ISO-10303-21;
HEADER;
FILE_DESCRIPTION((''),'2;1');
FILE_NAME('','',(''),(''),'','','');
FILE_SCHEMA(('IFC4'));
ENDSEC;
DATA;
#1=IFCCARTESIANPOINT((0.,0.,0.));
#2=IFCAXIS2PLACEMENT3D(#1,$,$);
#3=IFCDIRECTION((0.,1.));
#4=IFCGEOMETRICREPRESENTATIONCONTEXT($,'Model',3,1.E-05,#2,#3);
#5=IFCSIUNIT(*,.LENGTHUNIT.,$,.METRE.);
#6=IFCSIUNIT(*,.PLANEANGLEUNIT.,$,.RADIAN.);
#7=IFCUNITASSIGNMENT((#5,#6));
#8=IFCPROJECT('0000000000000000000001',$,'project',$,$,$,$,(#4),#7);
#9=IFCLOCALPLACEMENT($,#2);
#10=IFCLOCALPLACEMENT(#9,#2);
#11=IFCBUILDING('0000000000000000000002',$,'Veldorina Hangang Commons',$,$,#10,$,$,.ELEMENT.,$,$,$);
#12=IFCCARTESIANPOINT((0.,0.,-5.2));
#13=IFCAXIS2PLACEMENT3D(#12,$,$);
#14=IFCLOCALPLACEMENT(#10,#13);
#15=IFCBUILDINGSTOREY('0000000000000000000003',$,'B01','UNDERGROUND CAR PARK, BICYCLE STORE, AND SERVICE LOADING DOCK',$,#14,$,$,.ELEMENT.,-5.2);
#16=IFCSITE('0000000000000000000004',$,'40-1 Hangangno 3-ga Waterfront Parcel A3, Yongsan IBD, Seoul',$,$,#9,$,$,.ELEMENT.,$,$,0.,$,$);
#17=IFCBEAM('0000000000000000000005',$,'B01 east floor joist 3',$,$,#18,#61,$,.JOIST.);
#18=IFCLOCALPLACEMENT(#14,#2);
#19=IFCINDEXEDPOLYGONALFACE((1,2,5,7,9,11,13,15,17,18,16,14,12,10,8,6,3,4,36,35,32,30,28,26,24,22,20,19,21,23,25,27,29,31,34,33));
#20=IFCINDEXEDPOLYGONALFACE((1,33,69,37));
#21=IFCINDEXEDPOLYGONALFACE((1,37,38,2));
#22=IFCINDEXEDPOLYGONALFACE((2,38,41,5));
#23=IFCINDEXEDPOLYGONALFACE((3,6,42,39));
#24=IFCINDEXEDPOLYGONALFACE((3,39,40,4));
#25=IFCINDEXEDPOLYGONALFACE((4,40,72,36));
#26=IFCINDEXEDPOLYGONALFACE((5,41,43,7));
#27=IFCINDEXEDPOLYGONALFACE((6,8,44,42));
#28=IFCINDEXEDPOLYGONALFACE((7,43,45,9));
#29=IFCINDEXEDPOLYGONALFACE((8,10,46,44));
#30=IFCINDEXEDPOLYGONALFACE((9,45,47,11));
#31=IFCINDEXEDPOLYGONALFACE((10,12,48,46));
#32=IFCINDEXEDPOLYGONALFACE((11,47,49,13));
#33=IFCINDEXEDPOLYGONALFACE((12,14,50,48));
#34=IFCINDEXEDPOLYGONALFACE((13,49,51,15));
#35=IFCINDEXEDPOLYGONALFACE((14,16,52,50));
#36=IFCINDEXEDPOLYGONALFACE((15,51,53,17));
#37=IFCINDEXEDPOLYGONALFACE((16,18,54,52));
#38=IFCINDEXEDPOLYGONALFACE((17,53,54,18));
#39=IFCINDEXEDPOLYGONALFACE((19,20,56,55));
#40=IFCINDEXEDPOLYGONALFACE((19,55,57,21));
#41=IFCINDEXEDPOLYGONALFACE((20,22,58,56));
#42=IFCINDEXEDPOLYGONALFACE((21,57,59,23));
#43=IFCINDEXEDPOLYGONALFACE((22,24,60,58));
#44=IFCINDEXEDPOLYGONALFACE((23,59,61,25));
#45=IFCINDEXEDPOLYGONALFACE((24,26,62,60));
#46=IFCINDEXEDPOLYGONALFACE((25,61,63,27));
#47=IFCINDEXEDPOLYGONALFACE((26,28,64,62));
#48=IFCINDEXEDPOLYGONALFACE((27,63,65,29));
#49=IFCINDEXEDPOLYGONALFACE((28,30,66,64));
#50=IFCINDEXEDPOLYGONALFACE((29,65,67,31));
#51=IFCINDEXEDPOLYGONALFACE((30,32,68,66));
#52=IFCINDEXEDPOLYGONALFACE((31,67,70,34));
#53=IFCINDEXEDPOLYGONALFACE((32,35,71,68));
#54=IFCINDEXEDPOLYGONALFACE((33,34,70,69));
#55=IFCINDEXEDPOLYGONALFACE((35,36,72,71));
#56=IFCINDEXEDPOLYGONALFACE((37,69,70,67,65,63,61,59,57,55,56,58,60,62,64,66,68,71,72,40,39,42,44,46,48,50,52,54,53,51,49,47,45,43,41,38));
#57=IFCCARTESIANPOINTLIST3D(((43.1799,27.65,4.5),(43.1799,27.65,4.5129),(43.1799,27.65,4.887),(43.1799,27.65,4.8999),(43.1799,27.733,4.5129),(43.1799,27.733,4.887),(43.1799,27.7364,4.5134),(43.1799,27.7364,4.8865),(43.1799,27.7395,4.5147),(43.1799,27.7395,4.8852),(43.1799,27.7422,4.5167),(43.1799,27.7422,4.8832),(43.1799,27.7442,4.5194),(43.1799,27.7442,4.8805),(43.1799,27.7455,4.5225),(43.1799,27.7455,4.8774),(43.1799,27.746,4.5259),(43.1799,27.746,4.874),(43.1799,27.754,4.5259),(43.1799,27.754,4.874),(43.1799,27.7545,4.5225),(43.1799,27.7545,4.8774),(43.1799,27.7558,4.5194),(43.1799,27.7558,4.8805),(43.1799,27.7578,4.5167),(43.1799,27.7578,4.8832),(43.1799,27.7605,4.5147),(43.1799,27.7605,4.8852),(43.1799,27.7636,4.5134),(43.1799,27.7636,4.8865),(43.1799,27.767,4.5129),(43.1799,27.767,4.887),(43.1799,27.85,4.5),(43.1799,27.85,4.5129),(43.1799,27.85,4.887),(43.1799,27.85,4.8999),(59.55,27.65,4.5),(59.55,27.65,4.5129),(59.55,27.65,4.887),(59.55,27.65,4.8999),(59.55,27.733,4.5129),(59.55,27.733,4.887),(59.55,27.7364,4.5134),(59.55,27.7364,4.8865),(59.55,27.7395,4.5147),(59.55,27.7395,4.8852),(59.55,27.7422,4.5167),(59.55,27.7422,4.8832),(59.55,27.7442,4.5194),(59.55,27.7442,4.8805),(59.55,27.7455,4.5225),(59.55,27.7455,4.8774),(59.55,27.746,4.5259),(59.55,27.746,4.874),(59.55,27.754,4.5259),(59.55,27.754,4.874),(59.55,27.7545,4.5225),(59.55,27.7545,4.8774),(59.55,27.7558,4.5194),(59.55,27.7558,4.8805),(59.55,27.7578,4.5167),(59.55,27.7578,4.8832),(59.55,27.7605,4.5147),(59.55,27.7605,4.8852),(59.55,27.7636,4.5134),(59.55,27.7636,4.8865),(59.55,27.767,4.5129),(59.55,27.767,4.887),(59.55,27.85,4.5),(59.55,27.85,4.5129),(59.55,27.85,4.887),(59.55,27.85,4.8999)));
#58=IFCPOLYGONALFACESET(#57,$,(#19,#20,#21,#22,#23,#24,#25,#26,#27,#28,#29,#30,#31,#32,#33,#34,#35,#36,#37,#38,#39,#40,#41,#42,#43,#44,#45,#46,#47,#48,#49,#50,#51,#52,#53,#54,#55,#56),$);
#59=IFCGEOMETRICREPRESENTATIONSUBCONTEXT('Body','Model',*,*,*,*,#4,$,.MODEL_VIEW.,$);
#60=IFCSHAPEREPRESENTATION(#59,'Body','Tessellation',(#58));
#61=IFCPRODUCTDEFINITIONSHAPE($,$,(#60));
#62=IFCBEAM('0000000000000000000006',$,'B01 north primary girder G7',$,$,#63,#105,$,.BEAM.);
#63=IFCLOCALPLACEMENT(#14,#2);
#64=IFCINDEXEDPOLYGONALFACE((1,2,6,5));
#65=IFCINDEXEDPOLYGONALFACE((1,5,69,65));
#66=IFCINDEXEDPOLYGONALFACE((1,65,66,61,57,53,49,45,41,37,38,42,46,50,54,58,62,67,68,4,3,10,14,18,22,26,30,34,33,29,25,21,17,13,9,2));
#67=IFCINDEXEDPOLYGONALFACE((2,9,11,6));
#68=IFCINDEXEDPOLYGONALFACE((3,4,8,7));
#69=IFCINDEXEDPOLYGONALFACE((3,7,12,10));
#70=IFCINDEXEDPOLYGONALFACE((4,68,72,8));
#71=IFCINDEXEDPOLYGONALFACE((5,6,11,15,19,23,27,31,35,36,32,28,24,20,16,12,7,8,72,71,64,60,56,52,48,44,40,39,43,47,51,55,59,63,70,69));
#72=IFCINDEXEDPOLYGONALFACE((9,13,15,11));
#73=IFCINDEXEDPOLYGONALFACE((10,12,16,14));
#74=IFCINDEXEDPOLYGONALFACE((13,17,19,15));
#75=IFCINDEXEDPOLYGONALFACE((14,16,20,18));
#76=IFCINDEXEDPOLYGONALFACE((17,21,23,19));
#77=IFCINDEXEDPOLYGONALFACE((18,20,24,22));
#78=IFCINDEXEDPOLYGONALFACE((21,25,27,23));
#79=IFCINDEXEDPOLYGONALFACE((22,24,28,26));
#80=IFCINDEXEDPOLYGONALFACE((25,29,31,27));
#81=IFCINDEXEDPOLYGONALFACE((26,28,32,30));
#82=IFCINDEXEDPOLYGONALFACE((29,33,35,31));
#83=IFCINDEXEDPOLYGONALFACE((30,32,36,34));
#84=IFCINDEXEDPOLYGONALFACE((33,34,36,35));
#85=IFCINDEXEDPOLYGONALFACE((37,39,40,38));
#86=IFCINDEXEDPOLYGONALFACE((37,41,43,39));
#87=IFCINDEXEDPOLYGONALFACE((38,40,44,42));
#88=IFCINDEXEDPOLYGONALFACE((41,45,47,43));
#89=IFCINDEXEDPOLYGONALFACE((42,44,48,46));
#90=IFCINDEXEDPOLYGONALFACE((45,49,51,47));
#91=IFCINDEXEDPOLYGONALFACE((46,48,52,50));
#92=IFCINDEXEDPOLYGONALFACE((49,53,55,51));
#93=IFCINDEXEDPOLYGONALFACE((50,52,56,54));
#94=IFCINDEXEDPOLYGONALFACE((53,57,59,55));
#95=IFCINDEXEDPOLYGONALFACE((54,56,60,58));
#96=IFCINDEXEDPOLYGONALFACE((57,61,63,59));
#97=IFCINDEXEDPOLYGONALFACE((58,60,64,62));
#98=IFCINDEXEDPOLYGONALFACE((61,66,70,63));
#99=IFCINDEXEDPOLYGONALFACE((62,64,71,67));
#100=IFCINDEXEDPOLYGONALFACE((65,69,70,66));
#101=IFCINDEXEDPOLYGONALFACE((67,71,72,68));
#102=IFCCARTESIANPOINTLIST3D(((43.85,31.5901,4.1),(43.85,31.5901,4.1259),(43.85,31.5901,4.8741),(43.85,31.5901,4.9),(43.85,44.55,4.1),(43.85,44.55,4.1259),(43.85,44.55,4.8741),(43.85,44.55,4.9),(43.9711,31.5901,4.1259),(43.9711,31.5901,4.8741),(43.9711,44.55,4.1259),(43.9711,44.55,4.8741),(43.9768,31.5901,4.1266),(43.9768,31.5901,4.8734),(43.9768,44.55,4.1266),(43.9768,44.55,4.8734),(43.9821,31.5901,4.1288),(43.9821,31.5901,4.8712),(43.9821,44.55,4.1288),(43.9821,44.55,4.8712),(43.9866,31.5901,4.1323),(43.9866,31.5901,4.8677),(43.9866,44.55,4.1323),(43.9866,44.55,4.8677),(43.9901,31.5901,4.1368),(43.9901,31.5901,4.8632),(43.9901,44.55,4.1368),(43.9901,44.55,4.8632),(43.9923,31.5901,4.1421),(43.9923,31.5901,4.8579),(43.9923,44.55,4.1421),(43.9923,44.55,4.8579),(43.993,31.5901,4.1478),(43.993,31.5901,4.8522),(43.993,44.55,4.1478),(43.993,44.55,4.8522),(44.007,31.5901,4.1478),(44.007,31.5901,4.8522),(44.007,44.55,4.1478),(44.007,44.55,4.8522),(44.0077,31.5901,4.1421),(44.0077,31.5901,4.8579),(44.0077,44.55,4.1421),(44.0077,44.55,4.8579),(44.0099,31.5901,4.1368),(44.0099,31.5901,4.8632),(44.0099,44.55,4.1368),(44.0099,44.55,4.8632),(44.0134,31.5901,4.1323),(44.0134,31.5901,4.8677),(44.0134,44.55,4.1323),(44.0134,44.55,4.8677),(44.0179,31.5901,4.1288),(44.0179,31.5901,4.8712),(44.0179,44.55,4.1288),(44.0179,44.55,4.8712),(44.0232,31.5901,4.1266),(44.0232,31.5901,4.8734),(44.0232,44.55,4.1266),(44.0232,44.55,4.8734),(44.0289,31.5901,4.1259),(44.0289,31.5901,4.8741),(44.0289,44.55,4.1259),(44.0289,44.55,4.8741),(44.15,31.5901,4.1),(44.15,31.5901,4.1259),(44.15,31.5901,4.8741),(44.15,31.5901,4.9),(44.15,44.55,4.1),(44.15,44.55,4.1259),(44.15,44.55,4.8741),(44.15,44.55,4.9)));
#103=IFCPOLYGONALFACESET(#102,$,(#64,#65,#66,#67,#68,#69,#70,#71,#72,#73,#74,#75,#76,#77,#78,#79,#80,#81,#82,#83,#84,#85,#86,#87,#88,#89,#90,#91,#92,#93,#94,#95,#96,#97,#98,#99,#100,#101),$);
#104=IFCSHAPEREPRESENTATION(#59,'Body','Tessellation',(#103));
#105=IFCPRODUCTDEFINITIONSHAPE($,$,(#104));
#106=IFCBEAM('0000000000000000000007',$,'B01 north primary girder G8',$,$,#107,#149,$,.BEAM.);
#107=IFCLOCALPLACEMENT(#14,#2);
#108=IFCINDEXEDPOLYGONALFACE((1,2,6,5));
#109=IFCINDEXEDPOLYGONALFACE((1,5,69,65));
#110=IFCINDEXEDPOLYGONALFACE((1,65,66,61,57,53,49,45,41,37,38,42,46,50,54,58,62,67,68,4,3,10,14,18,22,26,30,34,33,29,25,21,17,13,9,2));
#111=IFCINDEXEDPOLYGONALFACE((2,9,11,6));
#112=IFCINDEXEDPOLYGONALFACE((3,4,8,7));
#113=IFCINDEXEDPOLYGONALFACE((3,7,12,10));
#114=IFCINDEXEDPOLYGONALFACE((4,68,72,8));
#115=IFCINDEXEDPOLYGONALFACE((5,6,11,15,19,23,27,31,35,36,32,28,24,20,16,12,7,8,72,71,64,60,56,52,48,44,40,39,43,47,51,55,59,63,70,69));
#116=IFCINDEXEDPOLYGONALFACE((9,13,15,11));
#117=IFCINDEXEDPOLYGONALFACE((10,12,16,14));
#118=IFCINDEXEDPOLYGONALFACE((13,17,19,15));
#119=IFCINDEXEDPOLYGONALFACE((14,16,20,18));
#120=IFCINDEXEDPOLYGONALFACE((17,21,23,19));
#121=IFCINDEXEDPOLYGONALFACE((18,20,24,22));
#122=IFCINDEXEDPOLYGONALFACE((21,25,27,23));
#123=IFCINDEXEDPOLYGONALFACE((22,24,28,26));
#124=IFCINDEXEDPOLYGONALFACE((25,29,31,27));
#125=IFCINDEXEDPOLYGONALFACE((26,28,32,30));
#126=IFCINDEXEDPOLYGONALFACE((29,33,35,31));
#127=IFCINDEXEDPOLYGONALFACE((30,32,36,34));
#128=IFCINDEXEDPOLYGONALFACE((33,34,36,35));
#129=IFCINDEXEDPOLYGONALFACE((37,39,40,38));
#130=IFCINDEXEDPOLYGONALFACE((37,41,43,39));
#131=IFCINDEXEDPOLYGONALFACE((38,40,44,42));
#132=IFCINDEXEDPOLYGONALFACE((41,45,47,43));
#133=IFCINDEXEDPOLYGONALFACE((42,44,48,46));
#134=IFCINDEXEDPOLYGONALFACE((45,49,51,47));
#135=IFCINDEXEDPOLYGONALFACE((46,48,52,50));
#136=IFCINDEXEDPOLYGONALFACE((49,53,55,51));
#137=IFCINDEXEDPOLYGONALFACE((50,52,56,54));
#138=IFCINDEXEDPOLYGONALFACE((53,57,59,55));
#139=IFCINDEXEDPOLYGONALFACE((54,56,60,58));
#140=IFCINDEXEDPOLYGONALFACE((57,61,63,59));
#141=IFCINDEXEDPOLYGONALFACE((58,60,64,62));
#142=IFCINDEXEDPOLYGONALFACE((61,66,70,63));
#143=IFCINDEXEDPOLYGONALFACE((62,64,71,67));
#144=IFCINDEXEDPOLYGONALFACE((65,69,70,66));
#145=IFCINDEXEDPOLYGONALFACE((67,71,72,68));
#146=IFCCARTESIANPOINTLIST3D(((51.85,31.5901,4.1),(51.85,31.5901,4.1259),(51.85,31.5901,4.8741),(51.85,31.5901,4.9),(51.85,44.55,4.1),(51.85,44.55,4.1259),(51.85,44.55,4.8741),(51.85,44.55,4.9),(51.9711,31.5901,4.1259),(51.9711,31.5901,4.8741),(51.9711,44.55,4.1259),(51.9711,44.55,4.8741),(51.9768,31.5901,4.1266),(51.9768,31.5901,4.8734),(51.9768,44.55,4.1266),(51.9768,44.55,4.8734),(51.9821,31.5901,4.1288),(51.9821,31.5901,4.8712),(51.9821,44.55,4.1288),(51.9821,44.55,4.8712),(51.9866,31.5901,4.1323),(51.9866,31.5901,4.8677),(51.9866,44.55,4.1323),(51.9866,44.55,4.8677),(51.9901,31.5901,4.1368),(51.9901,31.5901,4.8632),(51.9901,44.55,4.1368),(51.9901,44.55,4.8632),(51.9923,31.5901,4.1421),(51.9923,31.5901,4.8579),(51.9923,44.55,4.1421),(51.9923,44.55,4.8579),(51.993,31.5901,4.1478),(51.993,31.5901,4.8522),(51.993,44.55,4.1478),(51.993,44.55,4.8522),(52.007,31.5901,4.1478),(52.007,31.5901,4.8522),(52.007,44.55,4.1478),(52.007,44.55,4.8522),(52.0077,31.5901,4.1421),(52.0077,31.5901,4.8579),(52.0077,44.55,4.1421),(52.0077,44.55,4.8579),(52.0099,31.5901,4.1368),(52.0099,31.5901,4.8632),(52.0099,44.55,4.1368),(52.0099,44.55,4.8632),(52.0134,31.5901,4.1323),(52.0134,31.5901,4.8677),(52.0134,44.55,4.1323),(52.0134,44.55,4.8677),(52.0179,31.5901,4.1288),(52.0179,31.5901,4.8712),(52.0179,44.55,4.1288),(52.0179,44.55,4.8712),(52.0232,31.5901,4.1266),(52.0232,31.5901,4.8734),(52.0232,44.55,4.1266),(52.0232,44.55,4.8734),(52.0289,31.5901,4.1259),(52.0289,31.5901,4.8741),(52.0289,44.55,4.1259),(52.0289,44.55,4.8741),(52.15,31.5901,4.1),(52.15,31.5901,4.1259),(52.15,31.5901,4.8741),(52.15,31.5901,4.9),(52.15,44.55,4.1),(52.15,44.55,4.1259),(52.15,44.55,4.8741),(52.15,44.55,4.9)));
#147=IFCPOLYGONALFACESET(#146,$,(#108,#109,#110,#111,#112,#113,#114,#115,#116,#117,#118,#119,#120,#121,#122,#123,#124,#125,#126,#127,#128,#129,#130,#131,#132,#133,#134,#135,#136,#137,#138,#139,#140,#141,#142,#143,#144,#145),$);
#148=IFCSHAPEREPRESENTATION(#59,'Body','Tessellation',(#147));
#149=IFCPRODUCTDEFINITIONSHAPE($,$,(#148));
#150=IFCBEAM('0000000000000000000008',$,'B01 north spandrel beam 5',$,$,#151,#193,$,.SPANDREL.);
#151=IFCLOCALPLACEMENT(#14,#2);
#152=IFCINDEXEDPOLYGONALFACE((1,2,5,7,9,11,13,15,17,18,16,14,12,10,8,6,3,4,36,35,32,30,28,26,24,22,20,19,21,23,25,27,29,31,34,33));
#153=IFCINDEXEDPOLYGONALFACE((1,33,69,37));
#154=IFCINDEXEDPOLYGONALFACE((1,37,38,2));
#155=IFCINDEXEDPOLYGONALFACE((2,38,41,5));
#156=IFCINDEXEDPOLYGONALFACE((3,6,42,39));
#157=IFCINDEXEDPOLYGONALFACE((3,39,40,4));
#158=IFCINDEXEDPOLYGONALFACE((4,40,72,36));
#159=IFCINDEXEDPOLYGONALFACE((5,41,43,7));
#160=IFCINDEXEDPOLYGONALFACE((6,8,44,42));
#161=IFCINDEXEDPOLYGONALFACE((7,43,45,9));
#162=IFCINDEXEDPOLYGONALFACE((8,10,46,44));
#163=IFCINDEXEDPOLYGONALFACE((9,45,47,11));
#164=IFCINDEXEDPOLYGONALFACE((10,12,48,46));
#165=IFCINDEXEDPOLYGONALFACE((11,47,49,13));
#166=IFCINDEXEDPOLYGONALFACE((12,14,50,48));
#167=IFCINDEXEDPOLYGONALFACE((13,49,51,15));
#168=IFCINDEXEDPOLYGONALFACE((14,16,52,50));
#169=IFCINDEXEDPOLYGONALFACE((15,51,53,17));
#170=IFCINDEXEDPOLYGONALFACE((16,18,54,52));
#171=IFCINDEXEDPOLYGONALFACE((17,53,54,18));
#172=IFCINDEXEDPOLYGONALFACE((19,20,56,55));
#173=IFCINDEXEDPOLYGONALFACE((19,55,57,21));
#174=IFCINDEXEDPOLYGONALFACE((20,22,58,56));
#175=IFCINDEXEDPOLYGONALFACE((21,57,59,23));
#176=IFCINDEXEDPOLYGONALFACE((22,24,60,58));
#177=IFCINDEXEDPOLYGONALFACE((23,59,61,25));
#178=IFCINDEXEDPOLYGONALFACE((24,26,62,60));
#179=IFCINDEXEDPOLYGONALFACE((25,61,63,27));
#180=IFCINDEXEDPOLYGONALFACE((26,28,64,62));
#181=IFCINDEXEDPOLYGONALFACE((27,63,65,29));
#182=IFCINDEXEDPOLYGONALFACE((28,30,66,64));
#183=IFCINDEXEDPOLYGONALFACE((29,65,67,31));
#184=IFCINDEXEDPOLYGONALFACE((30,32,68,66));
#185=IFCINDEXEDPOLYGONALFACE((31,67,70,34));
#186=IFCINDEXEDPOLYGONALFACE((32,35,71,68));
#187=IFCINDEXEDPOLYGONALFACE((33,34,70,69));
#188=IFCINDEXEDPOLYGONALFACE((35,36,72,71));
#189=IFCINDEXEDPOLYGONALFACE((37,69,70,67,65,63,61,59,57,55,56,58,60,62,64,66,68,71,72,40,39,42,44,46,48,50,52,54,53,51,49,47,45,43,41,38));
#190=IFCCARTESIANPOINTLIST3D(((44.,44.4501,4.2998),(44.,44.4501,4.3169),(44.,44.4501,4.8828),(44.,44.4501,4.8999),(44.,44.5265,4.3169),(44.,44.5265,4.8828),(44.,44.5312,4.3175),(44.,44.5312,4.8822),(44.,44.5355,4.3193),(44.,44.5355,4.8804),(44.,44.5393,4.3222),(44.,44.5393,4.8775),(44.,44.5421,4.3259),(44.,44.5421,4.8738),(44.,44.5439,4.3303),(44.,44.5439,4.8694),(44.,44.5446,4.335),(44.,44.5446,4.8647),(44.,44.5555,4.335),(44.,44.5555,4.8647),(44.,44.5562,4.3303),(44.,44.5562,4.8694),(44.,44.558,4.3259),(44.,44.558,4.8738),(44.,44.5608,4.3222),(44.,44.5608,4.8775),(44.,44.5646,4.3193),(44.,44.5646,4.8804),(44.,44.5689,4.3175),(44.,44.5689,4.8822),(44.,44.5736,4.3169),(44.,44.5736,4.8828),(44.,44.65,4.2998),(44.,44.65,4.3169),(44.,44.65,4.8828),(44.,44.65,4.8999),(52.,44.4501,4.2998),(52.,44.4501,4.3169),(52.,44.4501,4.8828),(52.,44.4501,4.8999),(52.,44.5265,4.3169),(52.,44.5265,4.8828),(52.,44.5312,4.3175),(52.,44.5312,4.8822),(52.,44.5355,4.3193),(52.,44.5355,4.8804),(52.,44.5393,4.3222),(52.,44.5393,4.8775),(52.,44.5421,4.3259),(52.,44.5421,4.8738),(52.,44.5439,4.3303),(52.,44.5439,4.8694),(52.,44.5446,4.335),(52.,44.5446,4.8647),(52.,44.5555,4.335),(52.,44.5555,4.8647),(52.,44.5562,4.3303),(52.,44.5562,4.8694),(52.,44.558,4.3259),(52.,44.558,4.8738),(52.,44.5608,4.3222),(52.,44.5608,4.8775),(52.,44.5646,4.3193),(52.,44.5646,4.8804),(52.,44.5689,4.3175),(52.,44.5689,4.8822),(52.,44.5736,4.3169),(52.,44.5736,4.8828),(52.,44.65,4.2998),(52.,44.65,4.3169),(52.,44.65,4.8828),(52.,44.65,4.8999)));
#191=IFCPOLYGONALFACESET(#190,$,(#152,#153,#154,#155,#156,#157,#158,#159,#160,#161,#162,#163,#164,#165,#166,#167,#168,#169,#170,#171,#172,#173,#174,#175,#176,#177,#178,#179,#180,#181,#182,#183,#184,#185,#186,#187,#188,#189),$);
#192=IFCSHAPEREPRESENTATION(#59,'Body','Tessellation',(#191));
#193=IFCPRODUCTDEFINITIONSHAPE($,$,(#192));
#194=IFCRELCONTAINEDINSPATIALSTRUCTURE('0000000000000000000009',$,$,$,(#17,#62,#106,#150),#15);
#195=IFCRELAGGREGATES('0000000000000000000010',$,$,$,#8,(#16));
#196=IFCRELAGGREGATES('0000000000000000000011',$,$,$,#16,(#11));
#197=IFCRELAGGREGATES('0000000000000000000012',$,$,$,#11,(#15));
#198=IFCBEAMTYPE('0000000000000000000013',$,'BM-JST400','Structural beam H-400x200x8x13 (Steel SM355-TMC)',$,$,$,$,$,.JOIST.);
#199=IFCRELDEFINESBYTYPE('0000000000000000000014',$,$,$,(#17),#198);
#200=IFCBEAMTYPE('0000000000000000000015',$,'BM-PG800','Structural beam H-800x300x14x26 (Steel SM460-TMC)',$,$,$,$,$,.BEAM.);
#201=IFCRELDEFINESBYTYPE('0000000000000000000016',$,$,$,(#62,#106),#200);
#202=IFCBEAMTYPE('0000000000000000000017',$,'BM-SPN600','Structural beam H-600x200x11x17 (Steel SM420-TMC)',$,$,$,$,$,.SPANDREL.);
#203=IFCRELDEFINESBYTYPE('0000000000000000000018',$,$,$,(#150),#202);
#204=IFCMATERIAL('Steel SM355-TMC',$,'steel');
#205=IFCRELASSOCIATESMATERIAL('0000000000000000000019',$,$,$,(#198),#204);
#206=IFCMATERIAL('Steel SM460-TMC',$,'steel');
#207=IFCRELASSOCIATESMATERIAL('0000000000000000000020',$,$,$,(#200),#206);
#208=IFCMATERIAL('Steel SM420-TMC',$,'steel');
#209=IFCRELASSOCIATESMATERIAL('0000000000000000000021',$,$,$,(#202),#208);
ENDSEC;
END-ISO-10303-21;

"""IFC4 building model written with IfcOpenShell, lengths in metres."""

from ifc_helpers import new_model, si_unit, direction, frame, origin, origin_2d, place, context, subcontext, project, spatial, i_section, extrude, material, material_profile, profile_set, type_object, element, save


model = new_model("IFC4")

# Units and contexts
model_context = context("Model", 3, precision=1e-05, world=origin(), true_north=direction((0.0, 1.0)))
body_context = subcontext(model_context, "Body", "Model", "MODEL_VIEW")
ifc_project = project(units=[si_unit("LENGTHUNIT", "METRE"), si_unit("PLANEANGLEUNIT", "RADIAN")], contexts=[model_context])

# Site, building, storey
site_placement = place(None, origin())
site = spatial("IfcSite", under=ifc_project, at=site_placement, Name="40-1 Hangangno 3-ga Waterfront Parcel A3, Yongsan IBD, Seoul", CompositionType="ELEMENT", RefElevation=0.0)
building_placement = place(site_placement, origin())
building = spatial("IfcBuilding", under=site, at=building_placement, Name="Veldorina Hangang Commons", CompositionType="ELEMENT")
storey_placement = place(building_placement, frame((0.0, 0.0, -5.2)))
storey = spatial("IfcBuildingStorey", under=building, at=storey_placement, Name="B01", Description="UNDERGROUND CAR PARK, BICYCLE STORE, AND SERVICE LOADING DOCK", CompositionType="ELEMENT", Elevation=-5.2)

# Shared definitions
ifc_material_1 = material(Name="Steel SM355-TMC", Category="steel")

# Beams
ifc_material_profile_1 = material_profile(ifc_material_1, i_section(OverallWidth=0.2, OverallDepth=0.3999, WebThickness=0.0081, FlangeThickness=0.0129, FilletRadius=0.0129, at=origin_2d()), Name="H-400x200x8x13")
ifc_profile_set_1 = profile_set([ifc_material_profile_1], Name="Steel SM355-TMC")
beam_type_1 = type_object("IfcBeamType", Name="BM-JST400", Description="Structural beam H-400x200x8x13 (Steel SM355-TMC)", PredefinedType="JOIST", material=ifc_profile_set_1)
for number, where, z_axis, x_axis, name in (
    (1, (43.1799, 27.75, 4.7), (1.0, 0.0, 0.0), (0.0, 1.0, 0.0), "B01 east floor joist 3"),
):
    element("IfcBeam", number, at=place(storey_placement, frame(where, z_axis=z_axis, x_axis=x_axis)), inside=storey, type_object=beam_type_1, Name=name, PredefinedType="JOIST", context=body_context, shape_type="SweptSolid", body=[
        extrude(i_section(OverallWidth=0.2, OverallDepth=0.3999, WebThickness=0.0081, FlangeThickness=0.0129, FilletRadius=0.0129, at=origin_2d()), origin(), (0.0, 0.0, 1.0), 16.3701),
    ])
ifc_material_2 = material(Name="Steel SM460-TMC", Category="steel")
ifc_material_profile_2 = material_profile(ifc_material_2, i_section(OverallWidth=0.3, OverallDepth=0.8, WebThickness=0.0139, FlangeThickness=0.0259, FilletRadius=0.022, at=origin_2d()), Name="H-800x300x14x26")
ifc_profile_set_2 = profile_set([ifc_material_profile_2], Name="Steel SM460-TMC")
beam_type_2 = type_object("IfcBeamType", Name="BM-PG800", Description="Structural beam H-800x300x14x26 (Steel SM460-TMC)", PredefinedType="BEAM", material=ifc_profile_set_2)
for number, where, z_axis, x_axis, name in (
    (2, (44.0, 31.5901, 4.5), (0.0, 1.0, 0.0), (-1.0, 0.0, 0.0), "B01 north primary girder G7"),
    (3, (52.0, 31.5901, 4.5), (0.0, 1.0, 0.0), (-1.0, 0.0, 0.0), "B01 north primary girder G8"),
):
    element("IfcBeam", number, at=place(storey_placement, frame(where, z_axis=z_axis, x_axis=x_axis)), inside=storey, type_object=beam_type_2, Name=name, PredefinedType="BEAM", context=body_context, shape_type="SweptSolid", body=[
        extrude(i_section(OverallWidth=0.3, OverallDepth=0.8, WebThickness=0.0139, FlangeThickness=0.0259, FilletRadius=0.022, at=origin_2d()), origin(), (0.0, 0.0, 1.0), 12.96),
    ])
ifc_material_3 = material(Name="Steel SM420-TMC", Category="steel")
ifc_material_profile_3 = material_profile(ifc_material_3, i_section(OverallWidth=0.2, OverallDepth=0.6001, WebThickness=0.011, FlangeThickness=0.0171, FilletRadius=0.0181, at=origin_2d()), Name="H-600x200x11x17")
ifc_profile_set_3 = profile_set([ifc_material_profile_3], Name="Steel SM420-TMC")
beam_type_3 = type_object("IfcBeamType", Name="BM-SPN600", Description="Structural beam H-600x200x11x17 (Steel SM420-TMC)", PredefinedType="SPANDREL", material=ifc_profile_set_3)
beam_1_placement = place(storey_placement, frame((44.0, 44.55, 4.5999), z_axis=(1.0, 0.0, 0.0), x_axis=(0.0, 1.0, 0.0)))
element("IfcBeam", 4, at=beam_1_placement, inside=storey, type_object=beam_type_3, Name="B01 north spandrel beam 5", PredefinedType="SPANDREL", context=body_context, shape_type="SweptSolid", body=[
    extrude(i_section(OverallWidth=0.2, OverallDepth=0.6001, WebThickness=0.011, FlangeThickness=0.0171, FilletRadius=0.0181, at=origin_2d()), origin(), (0.0, 0.0, 1.0), 8.0),
])

save(model, "model.ifc")
